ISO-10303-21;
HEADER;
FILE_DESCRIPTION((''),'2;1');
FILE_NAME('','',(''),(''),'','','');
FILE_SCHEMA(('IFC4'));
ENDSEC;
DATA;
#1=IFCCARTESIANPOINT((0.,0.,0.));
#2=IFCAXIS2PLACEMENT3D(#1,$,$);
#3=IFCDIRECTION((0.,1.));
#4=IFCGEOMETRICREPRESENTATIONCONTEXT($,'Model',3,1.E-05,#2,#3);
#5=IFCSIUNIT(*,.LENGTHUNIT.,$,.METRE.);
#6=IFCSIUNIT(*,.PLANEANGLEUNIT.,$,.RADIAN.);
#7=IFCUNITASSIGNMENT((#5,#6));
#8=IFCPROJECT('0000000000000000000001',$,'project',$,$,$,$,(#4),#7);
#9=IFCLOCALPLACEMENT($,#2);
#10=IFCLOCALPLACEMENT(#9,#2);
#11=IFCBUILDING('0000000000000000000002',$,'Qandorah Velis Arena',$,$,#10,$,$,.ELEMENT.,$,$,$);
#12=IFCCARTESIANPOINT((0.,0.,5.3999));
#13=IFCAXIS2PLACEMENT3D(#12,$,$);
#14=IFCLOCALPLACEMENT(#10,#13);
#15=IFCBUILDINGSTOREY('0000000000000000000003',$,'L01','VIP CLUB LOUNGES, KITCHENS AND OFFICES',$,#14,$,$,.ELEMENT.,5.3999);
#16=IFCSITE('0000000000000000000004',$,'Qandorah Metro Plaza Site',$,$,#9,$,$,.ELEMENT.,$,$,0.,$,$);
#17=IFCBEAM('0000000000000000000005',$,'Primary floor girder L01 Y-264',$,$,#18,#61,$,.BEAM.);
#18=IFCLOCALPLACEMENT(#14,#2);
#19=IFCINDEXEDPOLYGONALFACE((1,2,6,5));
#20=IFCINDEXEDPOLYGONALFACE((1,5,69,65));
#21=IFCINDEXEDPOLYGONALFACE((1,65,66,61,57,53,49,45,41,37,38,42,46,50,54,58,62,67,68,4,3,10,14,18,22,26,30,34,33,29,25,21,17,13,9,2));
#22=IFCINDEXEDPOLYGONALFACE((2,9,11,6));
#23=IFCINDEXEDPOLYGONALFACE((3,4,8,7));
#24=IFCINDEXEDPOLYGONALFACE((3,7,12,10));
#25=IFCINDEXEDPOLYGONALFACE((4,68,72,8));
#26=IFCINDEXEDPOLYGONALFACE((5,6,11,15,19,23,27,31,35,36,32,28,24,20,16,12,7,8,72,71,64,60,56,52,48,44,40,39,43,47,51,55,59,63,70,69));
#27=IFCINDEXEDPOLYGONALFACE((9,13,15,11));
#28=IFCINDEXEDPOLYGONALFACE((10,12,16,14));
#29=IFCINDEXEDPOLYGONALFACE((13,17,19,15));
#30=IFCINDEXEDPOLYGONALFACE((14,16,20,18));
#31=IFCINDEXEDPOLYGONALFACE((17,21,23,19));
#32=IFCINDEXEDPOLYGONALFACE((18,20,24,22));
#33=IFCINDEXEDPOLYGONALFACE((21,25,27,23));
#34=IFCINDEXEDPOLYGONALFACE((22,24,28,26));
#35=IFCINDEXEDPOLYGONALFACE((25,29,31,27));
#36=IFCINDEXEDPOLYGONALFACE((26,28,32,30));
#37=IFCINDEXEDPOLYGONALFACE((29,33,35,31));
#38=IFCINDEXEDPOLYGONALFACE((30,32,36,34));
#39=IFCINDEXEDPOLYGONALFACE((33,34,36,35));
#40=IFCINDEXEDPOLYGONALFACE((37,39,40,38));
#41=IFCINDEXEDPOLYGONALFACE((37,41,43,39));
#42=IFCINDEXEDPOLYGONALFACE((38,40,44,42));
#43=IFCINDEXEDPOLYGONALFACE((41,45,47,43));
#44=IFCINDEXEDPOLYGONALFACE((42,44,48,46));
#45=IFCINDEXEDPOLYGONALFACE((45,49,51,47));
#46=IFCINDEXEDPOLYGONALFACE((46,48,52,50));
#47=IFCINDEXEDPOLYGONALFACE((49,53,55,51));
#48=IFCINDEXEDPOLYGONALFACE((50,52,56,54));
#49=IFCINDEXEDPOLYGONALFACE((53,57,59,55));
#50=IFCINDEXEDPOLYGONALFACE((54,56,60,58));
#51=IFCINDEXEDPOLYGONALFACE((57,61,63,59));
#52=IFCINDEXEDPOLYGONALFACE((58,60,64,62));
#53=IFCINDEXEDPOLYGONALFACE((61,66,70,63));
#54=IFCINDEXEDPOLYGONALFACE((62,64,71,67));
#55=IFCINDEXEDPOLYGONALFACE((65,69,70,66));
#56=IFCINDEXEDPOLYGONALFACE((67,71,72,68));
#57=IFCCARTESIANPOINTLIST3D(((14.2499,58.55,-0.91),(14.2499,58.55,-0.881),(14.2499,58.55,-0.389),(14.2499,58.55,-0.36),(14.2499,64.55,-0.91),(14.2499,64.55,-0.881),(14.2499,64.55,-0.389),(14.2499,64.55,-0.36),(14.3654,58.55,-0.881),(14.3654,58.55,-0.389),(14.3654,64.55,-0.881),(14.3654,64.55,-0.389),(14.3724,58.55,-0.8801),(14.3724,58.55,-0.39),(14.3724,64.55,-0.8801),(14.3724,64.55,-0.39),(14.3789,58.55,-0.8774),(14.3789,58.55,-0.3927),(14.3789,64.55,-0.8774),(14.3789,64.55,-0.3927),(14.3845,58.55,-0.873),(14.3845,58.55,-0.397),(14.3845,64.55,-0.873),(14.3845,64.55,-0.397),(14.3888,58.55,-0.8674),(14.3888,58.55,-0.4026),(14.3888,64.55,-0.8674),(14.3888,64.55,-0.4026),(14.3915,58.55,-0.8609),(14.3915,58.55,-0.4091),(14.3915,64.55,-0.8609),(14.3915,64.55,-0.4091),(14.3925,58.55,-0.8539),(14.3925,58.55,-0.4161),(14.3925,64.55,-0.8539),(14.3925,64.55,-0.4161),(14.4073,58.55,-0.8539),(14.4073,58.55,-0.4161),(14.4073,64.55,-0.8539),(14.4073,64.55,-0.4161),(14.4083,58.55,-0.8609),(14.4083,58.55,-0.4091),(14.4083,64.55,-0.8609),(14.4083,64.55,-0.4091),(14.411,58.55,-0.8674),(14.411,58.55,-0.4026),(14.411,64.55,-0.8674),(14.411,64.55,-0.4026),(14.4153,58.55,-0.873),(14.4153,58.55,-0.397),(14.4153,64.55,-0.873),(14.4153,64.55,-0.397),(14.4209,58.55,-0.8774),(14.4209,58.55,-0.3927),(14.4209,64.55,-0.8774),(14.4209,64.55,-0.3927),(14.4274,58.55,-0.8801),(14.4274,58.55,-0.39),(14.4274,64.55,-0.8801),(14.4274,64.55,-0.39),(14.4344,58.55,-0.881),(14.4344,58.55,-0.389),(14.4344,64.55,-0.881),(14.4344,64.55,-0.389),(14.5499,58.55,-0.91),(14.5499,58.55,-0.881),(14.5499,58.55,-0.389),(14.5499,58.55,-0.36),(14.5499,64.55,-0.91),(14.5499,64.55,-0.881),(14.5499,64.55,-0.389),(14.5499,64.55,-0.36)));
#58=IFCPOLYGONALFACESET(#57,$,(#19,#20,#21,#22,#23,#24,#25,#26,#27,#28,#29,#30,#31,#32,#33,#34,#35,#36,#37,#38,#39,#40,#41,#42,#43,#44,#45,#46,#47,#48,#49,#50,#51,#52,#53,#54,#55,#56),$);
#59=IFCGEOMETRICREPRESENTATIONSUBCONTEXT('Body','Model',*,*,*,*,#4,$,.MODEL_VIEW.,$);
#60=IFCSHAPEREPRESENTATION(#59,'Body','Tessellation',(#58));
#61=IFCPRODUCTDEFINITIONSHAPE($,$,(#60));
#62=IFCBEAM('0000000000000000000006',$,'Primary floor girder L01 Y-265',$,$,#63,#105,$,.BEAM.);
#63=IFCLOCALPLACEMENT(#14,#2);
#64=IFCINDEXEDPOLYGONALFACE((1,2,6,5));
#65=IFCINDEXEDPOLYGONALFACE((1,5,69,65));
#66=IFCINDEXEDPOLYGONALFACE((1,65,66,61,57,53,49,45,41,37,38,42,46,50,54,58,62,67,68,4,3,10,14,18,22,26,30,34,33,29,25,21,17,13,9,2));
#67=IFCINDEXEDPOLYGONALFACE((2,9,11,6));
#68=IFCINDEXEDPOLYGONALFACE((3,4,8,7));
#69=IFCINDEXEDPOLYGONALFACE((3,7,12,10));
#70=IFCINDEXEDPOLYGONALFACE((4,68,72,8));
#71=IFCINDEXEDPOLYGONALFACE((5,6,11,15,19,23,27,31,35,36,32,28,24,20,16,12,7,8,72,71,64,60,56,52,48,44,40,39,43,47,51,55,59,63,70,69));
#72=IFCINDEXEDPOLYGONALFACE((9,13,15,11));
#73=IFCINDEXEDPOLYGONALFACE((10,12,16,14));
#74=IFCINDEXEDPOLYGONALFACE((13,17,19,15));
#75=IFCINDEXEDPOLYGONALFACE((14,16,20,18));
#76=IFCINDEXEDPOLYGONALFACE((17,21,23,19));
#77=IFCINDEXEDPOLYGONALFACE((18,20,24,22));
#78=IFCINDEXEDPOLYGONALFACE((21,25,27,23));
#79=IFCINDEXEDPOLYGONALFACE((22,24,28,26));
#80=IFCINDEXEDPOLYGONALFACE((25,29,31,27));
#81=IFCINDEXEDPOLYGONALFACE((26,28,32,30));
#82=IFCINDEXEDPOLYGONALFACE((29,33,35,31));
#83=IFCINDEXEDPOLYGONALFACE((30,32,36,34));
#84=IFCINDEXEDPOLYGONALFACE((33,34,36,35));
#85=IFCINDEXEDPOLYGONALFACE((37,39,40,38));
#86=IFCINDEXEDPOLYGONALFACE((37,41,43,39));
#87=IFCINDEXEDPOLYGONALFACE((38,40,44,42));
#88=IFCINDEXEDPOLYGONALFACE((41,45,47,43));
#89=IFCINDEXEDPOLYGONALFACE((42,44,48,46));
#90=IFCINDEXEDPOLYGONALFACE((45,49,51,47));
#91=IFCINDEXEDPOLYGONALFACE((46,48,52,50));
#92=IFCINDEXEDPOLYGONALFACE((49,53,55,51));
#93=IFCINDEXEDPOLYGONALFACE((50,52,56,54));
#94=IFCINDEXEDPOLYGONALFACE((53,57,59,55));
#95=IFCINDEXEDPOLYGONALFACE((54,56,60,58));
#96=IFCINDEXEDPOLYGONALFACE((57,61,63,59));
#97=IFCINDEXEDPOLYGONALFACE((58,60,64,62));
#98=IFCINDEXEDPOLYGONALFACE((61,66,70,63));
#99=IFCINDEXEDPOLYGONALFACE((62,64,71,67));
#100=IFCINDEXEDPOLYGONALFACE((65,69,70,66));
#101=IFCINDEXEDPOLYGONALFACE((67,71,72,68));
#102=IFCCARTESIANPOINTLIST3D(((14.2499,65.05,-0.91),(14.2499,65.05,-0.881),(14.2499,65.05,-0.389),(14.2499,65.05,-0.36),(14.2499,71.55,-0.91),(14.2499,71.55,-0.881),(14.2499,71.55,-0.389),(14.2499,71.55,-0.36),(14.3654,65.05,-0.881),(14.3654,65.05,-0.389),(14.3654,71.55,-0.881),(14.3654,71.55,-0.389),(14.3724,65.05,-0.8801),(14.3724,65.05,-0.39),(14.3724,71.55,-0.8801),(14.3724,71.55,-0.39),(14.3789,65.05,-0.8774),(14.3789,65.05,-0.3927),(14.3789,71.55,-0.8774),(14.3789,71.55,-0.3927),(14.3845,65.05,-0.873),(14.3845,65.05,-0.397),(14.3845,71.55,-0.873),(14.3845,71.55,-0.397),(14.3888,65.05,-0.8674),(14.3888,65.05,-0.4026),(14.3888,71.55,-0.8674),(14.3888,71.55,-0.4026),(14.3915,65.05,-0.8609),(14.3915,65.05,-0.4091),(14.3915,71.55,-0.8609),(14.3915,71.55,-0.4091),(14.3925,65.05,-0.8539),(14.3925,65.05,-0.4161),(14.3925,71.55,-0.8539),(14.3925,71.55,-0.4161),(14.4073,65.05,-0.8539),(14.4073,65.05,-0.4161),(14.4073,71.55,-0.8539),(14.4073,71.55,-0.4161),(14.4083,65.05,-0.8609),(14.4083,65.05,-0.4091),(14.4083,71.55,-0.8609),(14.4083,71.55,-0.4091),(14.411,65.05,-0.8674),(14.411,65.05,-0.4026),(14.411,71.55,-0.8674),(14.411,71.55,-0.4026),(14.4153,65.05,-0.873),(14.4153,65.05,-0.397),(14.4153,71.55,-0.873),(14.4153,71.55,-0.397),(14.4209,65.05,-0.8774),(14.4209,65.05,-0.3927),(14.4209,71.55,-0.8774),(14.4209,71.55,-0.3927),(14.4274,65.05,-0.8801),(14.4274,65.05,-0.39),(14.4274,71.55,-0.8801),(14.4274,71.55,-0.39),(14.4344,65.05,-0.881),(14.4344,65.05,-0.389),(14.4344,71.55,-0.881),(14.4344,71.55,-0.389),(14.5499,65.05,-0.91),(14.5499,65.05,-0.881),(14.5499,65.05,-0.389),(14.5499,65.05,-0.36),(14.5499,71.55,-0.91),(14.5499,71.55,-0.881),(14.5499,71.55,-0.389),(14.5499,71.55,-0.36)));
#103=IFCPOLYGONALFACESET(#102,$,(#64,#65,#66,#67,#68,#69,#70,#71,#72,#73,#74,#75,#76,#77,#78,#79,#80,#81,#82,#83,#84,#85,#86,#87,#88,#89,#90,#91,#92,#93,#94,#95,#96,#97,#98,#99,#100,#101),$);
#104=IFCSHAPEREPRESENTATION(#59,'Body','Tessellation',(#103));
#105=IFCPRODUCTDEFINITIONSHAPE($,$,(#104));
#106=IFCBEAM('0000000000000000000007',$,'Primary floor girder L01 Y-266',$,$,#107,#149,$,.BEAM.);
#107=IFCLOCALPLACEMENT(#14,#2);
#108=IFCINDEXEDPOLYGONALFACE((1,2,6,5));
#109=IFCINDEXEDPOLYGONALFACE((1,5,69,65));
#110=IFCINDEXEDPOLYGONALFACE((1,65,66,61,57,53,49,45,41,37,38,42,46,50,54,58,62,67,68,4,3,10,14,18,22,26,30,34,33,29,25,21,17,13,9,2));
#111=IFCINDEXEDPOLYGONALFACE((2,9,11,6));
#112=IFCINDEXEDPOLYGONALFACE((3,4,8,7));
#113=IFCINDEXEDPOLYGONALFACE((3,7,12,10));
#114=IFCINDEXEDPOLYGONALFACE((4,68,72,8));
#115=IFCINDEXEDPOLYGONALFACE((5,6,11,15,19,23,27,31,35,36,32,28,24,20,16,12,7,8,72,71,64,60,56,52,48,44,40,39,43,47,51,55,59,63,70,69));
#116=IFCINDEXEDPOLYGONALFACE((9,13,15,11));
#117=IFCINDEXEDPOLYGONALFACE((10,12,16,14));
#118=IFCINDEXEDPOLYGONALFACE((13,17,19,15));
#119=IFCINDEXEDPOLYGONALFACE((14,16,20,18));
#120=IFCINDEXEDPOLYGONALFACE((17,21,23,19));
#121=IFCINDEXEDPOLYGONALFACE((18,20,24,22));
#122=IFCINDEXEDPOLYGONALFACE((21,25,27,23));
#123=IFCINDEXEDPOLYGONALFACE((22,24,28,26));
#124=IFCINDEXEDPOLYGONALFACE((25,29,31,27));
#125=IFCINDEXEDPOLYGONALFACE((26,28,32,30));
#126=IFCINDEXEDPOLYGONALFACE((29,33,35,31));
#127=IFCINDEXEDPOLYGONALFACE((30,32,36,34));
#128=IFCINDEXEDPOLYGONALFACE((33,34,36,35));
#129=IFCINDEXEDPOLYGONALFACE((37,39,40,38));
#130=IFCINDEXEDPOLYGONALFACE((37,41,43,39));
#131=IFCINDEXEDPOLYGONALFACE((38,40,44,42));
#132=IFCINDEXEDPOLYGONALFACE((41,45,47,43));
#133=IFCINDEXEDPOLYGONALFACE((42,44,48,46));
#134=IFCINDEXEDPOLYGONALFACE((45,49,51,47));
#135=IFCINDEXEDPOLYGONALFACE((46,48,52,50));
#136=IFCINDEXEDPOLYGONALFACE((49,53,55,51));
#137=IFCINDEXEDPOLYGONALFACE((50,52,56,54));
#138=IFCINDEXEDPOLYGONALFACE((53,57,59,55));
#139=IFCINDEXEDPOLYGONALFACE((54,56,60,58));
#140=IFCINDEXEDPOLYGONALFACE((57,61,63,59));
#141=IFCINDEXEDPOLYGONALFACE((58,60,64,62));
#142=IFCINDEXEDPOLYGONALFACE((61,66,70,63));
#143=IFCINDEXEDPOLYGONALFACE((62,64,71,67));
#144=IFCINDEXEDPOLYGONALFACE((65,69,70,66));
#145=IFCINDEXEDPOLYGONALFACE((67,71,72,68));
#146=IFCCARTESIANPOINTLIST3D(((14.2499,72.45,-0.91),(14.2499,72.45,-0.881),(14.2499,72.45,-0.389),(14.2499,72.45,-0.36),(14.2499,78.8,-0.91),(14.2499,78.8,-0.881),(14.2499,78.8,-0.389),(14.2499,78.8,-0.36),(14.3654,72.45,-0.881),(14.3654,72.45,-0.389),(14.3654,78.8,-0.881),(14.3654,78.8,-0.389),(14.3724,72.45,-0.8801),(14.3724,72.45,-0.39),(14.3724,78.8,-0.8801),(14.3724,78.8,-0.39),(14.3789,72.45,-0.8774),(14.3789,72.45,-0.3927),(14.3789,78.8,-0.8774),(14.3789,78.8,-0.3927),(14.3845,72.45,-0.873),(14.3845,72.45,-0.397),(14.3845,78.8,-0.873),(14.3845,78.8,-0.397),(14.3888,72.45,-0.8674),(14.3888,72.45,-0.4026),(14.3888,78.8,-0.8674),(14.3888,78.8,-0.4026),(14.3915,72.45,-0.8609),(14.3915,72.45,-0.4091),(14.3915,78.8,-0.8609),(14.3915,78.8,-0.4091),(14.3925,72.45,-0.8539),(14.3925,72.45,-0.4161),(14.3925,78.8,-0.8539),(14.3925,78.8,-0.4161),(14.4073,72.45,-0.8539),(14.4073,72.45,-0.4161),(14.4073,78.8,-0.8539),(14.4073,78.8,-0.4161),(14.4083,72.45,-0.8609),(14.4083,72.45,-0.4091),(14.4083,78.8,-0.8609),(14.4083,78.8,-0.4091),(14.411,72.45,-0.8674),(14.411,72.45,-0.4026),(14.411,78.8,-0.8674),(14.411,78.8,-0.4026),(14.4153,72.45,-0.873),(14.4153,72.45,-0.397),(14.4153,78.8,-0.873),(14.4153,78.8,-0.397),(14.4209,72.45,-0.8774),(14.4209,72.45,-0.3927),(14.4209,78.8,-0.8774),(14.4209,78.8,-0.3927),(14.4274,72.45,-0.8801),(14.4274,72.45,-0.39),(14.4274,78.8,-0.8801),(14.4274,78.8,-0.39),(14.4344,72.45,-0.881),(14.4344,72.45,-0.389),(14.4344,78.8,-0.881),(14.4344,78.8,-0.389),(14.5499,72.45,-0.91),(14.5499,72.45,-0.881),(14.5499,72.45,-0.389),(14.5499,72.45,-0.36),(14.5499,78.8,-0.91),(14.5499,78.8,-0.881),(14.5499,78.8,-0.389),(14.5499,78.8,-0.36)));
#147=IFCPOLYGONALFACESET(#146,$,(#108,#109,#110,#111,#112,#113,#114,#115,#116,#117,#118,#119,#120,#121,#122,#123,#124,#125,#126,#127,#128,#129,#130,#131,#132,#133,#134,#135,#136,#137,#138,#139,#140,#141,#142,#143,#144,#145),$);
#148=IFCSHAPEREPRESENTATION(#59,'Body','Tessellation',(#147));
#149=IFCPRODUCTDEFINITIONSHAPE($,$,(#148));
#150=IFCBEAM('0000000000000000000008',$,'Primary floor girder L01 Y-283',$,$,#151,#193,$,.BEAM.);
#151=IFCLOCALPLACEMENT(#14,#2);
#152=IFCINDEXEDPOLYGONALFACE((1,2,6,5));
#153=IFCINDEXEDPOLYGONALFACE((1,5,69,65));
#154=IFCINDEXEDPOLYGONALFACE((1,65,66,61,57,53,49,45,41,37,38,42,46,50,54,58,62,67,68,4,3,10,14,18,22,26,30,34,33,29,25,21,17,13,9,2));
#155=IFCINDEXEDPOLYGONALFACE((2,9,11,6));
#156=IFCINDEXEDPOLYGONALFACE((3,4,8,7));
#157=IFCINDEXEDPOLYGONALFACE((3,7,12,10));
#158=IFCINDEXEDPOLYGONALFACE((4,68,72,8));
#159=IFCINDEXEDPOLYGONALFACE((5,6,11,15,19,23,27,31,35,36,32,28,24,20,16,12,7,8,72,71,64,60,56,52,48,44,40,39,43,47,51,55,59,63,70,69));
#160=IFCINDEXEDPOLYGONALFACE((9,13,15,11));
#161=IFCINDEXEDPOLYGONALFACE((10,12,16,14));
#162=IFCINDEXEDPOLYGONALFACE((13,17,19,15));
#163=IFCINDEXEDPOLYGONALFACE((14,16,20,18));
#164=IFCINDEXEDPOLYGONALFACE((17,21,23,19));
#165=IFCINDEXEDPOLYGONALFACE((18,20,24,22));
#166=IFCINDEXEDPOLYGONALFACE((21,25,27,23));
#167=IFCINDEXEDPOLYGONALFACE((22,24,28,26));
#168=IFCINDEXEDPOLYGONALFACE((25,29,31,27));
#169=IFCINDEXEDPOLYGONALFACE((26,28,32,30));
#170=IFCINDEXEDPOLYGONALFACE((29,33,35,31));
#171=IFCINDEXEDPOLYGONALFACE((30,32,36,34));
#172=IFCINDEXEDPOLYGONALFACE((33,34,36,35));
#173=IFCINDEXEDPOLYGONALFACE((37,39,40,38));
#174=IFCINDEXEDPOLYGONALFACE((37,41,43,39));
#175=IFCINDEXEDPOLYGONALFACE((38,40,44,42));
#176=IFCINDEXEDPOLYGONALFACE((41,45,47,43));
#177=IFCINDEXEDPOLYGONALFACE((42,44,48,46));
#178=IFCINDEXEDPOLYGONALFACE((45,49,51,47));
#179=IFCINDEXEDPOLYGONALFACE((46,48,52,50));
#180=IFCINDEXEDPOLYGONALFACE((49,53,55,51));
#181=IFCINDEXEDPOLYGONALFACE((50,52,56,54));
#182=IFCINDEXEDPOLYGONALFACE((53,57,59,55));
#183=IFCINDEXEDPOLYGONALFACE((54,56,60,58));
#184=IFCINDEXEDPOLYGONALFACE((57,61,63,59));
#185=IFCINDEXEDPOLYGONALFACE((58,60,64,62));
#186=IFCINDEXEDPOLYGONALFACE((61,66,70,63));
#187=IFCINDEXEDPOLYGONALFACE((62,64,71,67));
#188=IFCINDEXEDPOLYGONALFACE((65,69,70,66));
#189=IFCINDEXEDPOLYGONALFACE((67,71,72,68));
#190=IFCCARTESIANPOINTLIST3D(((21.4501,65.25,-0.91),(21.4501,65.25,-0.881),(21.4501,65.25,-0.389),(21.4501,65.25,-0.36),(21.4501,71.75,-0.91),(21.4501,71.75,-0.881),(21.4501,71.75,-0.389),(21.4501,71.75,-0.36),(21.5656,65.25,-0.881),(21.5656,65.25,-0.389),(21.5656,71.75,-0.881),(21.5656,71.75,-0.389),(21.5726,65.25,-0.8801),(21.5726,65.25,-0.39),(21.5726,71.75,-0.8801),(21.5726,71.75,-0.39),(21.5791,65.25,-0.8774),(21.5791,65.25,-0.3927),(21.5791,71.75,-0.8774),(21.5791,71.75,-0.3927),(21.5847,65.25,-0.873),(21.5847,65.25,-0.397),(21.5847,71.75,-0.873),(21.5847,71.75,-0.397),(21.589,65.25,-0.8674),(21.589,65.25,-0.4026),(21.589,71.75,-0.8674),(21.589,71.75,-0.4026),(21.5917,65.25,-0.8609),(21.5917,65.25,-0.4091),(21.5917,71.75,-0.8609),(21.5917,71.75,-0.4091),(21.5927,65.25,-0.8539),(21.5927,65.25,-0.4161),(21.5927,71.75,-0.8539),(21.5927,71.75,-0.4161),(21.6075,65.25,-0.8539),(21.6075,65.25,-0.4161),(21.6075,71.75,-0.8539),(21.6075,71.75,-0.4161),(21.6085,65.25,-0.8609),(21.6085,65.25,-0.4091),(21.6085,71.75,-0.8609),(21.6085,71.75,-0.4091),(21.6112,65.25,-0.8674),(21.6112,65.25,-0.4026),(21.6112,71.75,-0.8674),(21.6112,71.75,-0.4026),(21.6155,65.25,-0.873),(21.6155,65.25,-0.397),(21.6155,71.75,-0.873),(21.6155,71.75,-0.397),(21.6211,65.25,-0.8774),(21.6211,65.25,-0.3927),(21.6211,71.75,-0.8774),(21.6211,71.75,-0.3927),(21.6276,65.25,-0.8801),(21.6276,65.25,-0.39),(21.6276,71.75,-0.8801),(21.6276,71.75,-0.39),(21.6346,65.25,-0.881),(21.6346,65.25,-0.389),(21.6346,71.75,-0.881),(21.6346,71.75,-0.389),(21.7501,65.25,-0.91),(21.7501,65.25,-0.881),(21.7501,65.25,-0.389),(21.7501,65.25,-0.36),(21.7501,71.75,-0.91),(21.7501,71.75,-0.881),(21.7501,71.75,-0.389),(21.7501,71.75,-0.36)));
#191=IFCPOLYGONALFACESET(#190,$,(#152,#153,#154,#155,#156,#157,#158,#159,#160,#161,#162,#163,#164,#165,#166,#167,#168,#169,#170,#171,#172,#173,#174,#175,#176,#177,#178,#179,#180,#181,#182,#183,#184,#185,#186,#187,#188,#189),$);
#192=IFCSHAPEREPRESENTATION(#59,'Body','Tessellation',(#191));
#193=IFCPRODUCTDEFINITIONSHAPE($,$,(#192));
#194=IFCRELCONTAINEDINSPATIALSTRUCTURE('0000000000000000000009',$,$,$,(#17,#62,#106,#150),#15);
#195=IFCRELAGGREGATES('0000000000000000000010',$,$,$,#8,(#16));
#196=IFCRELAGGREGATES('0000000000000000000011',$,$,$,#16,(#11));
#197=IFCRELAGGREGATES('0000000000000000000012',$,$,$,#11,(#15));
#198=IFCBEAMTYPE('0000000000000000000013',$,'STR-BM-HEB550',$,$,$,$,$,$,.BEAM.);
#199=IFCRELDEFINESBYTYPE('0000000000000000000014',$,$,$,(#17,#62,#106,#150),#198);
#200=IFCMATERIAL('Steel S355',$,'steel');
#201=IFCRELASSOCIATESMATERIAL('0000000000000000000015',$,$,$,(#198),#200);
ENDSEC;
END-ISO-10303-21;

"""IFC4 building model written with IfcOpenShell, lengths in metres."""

from ifc_helpers import new_model, si_unit, direction, frame, origin, origin_2d, place, context, subcontext, project, spatial, i_section, extrude, material, material_profile, profile_set, type_object, element, save


model = new_model("IFC4")

# Units and contexts
model_context = context("Model", 3, precision=1e-05, world=origin(), true_north=direction((0.0, 1.0)))
body_context = subcontext(model_context, "Body", "Model", "MODEL_VIEW")
ifc_project = project(units=[si_unit("LENGTHUNIT", "METRE"), si_unit("PLANEANGLEUNIT", "RADIAN")], contexts=[model_context])

# Site, building, storey
site_placement = place(None, origin())
site = spatial("IfcSite", under=ifc_project, at=site_placement, Name="Qandorah Metro Plaza Site", CompositionType="ELEMENT", RefElevation=0.0)
building_placement = place(site_placement, origin())
building = spatial("IfcBuilding", under=site, at=building_placement, Name="Qandorah Velis Arena", CompositionType="ELEMENT")
storey_placement = place(building_placement, frame((0.0, 0.0, 5.3999)))
storey = spatial("IfcBuildingStorey", under=building, at=storey_placement, Name="L01", Description="VIP CLUB LOUNGES, KITCHENS AND OFFICES", CompositionType="ELEMENT", Elevation=5.3999)

# Beams
ifc_material_1 = material(Name="Steel S355", Category="steel")
ifc_material_profile_1 = material_profile(ifc_material_1, i_section(OverallWidth=0.3, OverallDepth=0.55, WebThickness=0.0149, FlangeThickness=0.0291, FilletRadius=0.0271, at=origin_2d()), Name="HEB 550")
ifc_profile_set_1 = profile_set([ifc_material_profile_1], Name="Steel S355")
beam_type_1 = type_object("IfcBeamType", Name="STR-BM-HEB550", PredefinedType="BEAM", material=ifc_profile_set_1)
beam_1_placement = place(storey_placement, frame((14.3999, 58.55, -0.635), z_axis=(0.0, 1.0, 0.0), x_axis=(-1.0, 0.0, 0.0)))
element("IfcBeam", 1, at=beam_1_placement, inside=storey, type_object=beam_type_1, Name="Primary floor girder L01 Y-264", PredefinedType="BEAM", context=body_context, shape_type="SweptSolid", body=[
    extrude(i_section(OverallWidth=0.3, OverallDepth=0.55, WebThickness=0.0149, FlangeThickness=0.0291, FilletRadius=0.0271, at=origin_2d()), origin(), (0.0, 0.0, 1.0), 6.0),
])
beam_2_placement = place(storey_placement, frame((14.3999, 65.05, -0.635), z_axis=(0.0, 1.0, 0.0), x_axis=(-1.0, 0.0, 0.0)))
element("IfcBeam", 2, at=beam_2_placement, inside=storey, type_object=beam_type_1, Name="Primary floor girder L01 Y-265", PredefinedType="BEAM", context=body_context, shape_type="SweptSolid", body=[
    extrude(i_section(OverallWidth=0.3, OverallDepth=0.55, WebThickness=0.0149, FlangeThickness=0.0291, FilletRadius=0.0271, at=origin_2d()), origin(), (0.0, 0.0, 1.0), 6.5),
])
beam_3_placement = place(storey_placement, frame((14.3999, 72.45, -0.635), z_axis=(0.0, 1.0, 0.0), x_axis=(-1.0, 0.0, 0.0)))
element("IfcBeam", 3, at=beam_3_placement, inside=storey, type_object=beam_type_1, Name="Primary floor girder L01 Y-266", PredefinedType="BEAM", context=body_context, shape_type="SweptSolid", body=[
    extrude(i_section(OverallWidth=0.3, OverallDepth=0.55, WebThickness=0.0149, FlangeThickness=0.0291, FilletRadius=0.0271, at=origin_2d()), origin(), (0.0, 0.0, 1.0), 6.3501),
])
for number, where, z_axis, x_axis, name in (
    (4, (21.6001, 65.25, -0.635), (0.0, 1.0, 0.0), (-1.0, 0.0, 0.0), "Primary floor girder L01 Y-283"),
):
    element("IfcBeam", number, at=place(storey_placement, frame(where, z_axis=z_axis, x_axis=x_axis)), inside=storey, type_object=beam_type_1, Name=name, PredefinedType="BEAM", context=body_context, shape_type="SweptSolid", body=[
        extrude(i_section(OverallWidth=0.3, OverallDepth=0.55, WebThickness=0.0149, FlangeThickness=0.0291, FilletRadius=0.0271, at=origin_2d()), origin(), (0.0, 0.0, 1.0), 6.5),
    ])

save(model, "model.ifc")
